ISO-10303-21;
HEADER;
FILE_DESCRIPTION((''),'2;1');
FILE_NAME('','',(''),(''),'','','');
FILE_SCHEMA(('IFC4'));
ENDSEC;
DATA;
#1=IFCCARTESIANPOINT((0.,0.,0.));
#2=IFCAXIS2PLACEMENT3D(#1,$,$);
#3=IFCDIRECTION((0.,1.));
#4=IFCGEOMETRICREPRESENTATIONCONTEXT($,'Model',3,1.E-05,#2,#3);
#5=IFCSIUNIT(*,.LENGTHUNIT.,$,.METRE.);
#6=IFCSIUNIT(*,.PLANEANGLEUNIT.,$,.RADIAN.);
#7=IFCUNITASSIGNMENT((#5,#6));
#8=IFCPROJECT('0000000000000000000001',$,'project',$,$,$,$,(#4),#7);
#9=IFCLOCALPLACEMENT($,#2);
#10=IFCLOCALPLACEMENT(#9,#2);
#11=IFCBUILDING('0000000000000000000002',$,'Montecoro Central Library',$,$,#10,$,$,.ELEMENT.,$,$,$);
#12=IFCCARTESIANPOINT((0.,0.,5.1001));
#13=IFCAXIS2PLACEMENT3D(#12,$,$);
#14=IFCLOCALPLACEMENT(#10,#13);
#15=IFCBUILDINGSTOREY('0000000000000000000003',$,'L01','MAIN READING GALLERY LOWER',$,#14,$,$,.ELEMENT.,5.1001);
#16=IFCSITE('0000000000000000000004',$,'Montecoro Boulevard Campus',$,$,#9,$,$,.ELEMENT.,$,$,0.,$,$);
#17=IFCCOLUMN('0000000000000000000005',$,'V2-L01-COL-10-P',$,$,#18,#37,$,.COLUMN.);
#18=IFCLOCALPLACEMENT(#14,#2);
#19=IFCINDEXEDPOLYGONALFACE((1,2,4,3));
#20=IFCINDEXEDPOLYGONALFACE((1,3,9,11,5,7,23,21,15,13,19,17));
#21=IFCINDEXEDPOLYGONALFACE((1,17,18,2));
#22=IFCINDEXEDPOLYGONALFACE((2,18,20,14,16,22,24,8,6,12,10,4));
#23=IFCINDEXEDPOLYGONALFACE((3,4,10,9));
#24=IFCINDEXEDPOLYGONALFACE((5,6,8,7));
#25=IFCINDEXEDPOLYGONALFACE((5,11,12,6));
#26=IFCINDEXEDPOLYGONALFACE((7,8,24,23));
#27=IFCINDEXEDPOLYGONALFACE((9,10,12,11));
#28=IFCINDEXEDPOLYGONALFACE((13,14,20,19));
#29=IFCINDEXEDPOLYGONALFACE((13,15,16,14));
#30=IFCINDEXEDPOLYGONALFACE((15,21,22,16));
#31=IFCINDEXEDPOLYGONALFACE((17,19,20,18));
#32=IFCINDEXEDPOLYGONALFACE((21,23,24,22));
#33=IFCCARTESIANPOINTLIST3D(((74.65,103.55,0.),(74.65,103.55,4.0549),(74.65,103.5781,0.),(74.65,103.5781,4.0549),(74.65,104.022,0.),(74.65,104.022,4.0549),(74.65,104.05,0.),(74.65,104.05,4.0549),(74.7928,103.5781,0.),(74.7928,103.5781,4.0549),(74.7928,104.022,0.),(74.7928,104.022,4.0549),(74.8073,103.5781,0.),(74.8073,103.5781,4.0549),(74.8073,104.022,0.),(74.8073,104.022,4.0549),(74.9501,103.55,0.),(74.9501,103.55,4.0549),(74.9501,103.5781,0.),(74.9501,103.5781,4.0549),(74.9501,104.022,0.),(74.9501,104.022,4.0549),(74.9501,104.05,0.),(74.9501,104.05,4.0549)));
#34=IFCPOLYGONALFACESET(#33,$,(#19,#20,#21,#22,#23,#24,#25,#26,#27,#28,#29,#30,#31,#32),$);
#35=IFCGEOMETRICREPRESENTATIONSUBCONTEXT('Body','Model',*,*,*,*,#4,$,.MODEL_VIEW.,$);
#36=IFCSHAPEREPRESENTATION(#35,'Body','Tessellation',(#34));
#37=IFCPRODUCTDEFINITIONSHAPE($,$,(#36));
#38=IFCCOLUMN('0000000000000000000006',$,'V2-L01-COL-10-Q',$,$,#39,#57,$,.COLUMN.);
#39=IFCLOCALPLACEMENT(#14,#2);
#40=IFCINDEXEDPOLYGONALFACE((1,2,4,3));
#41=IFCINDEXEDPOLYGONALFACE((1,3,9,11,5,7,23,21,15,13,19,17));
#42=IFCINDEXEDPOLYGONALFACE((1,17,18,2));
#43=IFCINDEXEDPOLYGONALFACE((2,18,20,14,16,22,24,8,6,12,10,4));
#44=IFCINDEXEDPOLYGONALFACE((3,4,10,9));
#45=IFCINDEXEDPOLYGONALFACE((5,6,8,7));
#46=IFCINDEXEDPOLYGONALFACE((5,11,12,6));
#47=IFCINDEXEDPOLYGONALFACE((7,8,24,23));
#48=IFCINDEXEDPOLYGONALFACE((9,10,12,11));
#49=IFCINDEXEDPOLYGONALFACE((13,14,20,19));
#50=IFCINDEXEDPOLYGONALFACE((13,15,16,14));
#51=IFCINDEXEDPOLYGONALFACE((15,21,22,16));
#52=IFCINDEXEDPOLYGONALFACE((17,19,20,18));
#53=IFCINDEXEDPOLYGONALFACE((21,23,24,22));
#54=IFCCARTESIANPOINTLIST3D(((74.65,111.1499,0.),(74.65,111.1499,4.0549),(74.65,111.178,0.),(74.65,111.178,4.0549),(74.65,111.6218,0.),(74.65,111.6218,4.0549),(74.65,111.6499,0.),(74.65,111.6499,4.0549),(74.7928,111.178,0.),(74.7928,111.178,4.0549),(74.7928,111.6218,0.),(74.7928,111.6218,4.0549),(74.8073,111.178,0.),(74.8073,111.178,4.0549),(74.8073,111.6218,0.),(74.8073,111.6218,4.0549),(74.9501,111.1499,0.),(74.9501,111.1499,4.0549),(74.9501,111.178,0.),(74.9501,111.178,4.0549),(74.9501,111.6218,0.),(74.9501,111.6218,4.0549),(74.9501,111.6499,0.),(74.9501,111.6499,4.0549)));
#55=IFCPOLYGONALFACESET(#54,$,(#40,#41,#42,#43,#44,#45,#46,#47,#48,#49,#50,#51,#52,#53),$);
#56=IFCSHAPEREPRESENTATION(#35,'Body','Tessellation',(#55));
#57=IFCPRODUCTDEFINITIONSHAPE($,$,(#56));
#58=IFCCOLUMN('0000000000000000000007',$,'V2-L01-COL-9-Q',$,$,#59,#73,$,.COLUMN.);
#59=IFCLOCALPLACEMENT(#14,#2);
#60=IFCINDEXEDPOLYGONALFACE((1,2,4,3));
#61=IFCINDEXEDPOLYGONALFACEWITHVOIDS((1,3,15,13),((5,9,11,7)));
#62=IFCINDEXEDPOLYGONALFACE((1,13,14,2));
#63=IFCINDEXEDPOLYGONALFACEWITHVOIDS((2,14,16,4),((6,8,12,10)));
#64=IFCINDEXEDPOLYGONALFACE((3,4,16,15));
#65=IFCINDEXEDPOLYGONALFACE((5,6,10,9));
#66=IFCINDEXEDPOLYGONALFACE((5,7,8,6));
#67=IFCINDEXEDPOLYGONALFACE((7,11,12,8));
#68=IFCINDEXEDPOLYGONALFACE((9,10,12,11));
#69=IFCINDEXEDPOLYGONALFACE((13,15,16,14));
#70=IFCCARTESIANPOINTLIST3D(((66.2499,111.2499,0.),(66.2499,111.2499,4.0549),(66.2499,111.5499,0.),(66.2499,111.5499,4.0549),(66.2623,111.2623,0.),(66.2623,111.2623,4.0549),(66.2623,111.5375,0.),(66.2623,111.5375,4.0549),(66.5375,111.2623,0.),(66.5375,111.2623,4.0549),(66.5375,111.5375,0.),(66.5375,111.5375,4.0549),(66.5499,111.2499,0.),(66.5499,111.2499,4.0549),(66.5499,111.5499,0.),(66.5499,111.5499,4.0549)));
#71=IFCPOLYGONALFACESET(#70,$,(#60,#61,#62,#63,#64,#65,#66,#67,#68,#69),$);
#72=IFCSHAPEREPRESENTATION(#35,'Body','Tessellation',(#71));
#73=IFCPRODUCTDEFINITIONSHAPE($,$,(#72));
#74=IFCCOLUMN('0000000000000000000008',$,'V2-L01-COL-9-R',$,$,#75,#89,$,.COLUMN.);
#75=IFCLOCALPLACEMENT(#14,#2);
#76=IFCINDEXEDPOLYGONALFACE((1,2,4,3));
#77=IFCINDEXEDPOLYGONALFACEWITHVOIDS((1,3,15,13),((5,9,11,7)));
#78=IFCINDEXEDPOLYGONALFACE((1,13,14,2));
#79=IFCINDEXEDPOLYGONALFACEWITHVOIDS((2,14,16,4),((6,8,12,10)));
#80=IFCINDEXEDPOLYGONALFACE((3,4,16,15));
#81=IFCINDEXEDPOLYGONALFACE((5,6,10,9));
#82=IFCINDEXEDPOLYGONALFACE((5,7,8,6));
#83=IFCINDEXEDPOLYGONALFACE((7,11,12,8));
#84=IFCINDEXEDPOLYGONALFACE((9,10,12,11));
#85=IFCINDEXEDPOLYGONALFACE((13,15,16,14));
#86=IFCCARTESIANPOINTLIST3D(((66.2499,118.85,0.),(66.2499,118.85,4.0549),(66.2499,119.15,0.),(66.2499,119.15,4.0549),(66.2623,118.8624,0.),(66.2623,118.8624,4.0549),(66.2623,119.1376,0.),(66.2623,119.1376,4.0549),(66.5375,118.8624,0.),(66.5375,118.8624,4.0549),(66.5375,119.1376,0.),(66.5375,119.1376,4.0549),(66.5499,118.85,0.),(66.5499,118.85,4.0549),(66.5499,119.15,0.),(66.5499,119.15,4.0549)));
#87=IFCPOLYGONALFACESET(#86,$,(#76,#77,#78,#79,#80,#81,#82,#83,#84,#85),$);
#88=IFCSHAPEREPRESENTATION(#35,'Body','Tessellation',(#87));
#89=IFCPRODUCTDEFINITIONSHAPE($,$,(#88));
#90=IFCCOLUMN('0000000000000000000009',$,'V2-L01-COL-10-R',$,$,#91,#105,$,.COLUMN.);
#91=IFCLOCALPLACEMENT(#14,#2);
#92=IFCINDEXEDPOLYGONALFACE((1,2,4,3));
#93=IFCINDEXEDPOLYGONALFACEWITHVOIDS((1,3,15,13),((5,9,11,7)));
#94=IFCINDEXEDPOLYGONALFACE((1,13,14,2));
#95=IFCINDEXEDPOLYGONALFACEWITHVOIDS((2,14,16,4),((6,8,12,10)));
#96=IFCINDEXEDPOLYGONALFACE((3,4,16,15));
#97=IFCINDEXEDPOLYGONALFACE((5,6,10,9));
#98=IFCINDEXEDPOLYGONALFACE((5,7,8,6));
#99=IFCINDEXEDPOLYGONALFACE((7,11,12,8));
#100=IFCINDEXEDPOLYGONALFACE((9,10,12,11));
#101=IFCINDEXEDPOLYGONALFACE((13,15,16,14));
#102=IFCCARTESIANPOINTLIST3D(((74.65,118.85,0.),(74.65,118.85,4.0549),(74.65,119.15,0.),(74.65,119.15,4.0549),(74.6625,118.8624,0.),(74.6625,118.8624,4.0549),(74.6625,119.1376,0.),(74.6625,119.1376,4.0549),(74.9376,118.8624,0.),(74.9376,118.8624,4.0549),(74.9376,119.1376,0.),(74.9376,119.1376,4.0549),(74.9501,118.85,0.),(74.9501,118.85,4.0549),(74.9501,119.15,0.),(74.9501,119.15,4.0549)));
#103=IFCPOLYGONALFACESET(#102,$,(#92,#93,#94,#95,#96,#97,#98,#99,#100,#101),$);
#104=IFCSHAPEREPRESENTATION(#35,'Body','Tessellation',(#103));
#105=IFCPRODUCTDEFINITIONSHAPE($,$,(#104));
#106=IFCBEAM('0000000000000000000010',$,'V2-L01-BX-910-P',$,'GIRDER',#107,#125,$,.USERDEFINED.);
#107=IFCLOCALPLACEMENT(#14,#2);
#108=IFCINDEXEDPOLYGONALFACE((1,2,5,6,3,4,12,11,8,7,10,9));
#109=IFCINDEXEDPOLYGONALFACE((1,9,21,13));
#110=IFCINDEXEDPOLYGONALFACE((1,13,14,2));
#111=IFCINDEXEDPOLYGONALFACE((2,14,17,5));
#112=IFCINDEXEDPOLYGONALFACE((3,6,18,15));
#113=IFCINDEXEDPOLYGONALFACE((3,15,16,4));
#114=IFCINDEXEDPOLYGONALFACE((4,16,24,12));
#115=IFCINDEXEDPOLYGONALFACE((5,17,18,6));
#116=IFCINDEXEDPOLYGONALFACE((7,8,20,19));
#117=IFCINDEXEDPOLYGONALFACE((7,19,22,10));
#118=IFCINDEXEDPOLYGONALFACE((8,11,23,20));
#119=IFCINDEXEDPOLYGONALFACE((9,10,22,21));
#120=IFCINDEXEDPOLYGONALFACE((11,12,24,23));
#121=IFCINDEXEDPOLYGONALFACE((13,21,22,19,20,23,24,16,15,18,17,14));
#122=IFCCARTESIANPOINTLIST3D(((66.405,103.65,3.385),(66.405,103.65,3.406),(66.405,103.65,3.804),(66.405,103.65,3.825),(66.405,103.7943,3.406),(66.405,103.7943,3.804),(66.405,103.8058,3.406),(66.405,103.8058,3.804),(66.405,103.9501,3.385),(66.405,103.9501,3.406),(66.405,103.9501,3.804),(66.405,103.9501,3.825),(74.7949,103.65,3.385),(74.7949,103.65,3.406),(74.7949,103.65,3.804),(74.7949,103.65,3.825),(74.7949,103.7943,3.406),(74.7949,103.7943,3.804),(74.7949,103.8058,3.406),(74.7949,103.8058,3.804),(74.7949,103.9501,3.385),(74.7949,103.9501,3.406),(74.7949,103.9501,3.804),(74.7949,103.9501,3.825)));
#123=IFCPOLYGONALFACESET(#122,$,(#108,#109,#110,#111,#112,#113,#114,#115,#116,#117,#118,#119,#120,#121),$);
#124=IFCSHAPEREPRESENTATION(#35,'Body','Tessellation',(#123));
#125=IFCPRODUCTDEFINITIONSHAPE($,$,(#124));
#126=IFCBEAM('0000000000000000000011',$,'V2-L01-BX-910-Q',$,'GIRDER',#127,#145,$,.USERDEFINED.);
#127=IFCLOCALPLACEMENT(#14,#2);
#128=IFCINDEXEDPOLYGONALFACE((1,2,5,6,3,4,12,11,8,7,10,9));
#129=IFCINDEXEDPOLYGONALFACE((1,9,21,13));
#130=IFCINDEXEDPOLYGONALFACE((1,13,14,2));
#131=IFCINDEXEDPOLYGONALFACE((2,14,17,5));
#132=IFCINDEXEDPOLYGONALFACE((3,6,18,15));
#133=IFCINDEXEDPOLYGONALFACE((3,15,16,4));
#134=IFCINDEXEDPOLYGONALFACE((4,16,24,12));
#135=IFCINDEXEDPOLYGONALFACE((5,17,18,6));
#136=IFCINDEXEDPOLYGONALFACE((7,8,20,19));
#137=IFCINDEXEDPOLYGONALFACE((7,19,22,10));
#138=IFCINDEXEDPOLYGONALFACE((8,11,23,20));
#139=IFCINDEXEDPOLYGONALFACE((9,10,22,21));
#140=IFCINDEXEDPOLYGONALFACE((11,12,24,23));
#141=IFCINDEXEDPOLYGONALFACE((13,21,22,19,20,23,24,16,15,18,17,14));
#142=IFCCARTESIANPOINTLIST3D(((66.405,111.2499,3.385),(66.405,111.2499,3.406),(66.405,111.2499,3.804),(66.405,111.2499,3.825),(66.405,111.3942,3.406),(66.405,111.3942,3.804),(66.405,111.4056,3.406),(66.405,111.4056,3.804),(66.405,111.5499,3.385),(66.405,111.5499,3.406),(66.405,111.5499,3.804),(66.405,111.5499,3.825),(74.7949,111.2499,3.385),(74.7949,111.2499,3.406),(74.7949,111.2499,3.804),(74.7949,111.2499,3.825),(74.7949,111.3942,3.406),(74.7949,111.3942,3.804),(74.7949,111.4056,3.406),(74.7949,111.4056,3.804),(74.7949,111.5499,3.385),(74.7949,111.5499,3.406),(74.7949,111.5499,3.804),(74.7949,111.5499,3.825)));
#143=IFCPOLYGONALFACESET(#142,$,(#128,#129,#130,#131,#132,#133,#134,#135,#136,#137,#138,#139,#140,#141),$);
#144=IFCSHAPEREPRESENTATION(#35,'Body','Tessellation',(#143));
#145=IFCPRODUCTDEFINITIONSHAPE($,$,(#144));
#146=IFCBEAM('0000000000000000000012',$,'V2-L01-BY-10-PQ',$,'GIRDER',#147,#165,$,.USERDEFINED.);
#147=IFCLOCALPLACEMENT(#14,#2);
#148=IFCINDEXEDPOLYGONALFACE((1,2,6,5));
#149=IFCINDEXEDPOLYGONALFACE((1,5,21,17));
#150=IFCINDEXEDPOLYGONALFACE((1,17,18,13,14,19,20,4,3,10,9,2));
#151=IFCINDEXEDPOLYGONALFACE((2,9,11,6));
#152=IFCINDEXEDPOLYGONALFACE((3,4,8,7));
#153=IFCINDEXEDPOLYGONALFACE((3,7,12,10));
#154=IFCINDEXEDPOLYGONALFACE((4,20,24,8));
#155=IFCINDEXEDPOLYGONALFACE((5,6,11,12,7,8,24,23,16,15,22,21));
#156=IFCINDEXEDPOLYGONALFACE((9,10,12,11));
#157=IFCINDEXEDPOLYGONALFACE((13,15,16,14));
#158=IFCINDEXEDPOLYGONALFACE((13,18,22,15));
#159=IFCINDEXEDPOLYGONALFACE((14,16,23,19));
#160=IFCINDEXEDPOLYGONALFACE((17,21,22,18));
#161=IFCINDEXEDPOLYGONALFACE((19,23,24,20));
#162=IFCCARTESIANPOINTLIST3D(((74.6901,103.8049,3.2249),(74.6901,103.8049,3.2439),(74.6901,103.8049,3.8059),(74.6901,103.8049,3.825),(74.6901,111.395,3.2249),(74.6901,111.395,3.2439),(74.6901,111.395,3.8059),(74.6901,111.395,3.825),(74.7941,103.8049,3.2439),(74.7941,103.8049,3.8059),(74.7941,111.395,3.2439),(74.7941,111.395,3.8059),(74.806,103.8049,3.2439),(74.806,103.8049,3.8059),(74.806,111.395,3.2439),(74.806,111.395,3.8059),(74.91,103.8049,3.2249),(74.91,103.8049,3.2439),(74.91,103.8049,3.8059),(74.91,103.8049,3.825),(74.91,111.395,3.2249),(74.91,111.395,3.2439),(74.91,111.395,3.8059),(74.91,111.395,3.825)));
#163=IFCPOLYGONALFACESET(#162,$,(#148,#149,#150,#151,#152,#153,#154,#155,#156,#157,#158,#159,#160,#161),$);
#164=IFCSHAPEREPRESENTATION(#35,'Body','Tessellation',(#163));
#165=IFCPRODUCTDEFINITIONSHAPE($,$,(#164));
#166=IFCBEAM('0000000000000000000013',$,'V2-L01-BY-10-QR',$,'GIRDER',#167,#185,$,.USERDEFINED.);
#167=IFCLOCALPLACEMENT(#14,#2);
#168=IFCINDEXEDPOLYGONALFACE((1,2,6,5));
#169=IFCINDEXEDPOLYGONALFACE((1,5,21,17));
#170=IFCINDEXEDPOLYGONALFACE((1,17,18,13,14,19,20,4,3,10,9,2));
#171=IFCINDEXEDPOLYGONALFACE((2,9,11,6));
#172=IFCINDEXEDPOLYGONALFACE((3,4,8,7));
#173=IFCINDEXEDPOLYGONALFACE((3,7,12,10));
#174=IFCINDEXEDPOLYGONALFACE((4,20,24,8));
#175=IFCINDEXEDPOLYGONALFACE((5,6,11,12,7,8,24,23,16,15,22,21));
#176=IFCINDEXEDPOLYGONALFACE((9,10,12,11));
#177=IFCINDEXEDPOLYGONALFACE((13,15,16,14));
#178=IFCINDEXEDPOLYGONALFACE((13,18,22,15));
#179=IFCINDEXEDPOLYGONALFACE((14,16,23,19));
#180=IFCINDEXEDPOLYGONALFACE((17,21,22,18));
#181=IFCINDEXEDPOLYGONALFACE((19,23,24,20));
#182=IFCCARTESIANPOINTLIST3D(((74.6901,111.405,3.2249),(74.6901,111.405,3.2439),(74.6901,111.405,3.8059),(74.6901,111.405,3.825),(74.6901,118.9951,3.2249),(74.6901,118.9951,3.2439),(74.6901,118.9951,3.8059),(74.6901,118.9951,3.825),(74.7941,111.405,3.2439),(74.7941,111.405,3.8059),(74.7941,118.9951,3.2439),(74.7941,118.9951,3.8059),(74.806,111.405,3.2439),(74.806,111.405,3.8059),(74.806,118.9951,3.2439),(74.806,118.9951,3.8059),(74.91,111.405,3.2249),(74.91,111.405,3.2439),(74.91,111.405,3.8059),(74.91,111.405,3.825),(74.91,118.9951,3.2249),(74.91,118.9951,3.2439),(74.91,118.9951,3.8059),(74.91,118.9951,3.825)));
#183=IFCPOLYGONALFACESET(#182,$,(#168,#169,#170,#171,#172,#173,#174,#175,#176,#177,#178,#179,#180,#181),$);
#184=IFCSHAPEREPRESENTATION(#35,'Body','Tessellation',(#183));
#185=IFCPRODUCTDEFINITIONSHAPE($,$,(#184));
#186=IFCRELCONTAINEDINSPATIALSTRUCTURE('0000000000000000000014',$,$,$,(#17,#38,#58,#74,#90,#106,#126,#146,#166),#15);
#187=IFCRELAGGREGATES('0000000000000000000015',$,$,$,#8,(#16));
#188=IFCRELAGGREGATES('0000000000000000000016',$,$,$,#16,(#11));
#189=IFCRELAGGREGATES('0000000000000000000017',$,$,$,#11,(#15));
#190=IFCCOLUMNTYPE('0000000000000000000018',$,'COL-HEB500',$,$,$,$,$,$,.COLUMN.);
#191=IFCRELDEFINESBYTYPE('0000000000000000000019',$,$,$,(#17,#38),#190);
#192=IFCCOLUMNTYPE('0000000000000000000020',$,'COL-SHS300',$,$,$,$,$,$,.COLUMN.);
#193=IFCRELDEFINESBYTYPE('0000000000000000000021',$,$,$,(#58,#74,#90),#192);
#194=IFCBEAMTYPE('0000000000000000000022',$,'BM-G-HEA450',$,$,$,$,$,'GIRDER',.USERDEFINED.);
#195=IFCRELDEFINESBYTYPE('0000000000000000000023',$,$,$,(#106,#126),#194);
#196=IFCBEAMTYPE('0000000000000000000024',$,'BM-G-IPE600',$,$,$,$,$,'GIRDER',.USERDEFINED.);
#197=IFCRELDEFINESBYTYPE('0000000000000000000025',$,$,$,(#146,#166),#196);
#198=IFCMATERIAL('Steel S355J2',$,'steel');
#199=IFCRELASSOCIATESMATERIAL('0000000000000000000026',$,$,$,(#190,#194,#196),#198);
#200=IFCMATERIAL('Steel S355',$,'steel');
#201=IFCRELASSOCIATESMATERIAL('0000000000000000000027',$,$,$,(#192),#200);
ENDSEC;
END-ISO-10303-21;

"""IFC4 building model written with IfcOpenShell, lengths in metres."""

from ifc_helpers import new_model, si_unit, direction, frame, origin, origin_2d, place, context, subcontext, project, spatial, hollow_rectangle, i_section, extrude, material, material_profile, profile_set, type_object, element, save


model = new_model("IFC4")

# Units and contexts
model_context = context("Model", 3, precision=1e-05, world=origin(), true_north=direction((0.0, 1.0)))
body_context = subcontext(model_context, "Body", "Model", "MODEL_VIEW")
ifc_project = project(units=[si_unit("LENGTHUNIT", "METRE"), si_unit("PLANEANGLEUNIT", "RADIAN")], contexts=[model_context])

# Site, building, storey
site_placement = place(None, origin())
site = spatial("IfcSite", under=ifc_project, at=site_placement, Name="Montecoro Boulevard Campus", CompositionType="ELEMENT", RefElevation=0.0)
building_placement = place(site_placement, origin())
building = spatial("IfcBuilding", under=site, at=building_placement, Name="Montecoro Central Library", CompositionType="ELEMENT")
storey_placement = place(building_placement, frame((0.0, 0.0, 5.1001)))
storey = spatial("IfcBuildingStorey", under=building, at=storey_placement, Name="L01", Description="MAIN READING GALLERY LOWER", CompositionType="ELEMENT", Elevation=5.1001)

# Columns
ifc_material_1 = material(Name="Steel S355J2", Category="steel")
ifc_material_profile_1 = material_profile(ifc_material_1, i_section(OverallWidth=0.3, OverallDepth=0.5, WebThickness=0.0144, FlangeThickness=0.0281, at=origin_2d()), Name="HEB 500")
ifc_profile_set_1 = profile_set([ifc_material_profile_1], Name="Steel S355J2")
column_type_1 = type_object("IfcColumnType", Name="COL-HEB500", PredefinedType="COLUMN", material=ifc_profile_set_1)
for number, where, z_axis, x_axis, name in (
    (1, (74.8, 103.8, 0.0), (0.0, 0.0, 1.0), (1.0, 0.0, 0.0), "V2-L01-COL-10-P"),
    (2, (74.8, 111.3999, 0.0), (0.0, 0.0, 1.0), (1.0, 0.0, 0.0), "V2-L01-COL-10-Q"),
):
    element("IfcColumn", number, at=place(storey_placement, frame(where, z_axis=z_axis, x_axis=x_axis)), inside=storey, type_object=column_type_1, Name=name, PredefinedType="COLUMN", context=body_context, shape_type="SweptSolid", body=[
        extrude(i_section(OverallWidth=0.3, OverallDepth=0.5, WebThickness=0.0144, FlangeThickness=0.0281, at=origin_2d()), origin(), (0.0, 0.0, 1.0), 4.0549),
    ])
ifc_material_2 = material(Name="Steel S355", Category="steel")
ifc_material_profile_2 = material_profile(ifc_material_2, hollow_rectangle(XDim=0.3, YDim=0.3, WallThickness=0.0125, at=origin_2d()), Name="SHS 300x300x12.5")
ifc_profile_set_2 = profile_set([ifc_material_profile_2], Name="Steel S355")
column_type_2 = type_object("IfcColumnType", Name="COL-SHS300", PredefinedType="COLUMN", material=ifc_profile_set_2)
for number, where, z_axis, x_axis, name in (
    (3, (66.3999, 111.3999, 0.0), (0.0, 0.0, 1.0), (1.0, 0.0, 0.0), "V2-L01-COL-9-Q"),
    (4, (66.3999, 119.0, 0.0), (0.0, 0.0, 1.0), (1.0, 0.0, 0.0), "V2-L01-COL-9-R"),
    (5, (74.8, 119.0, 0.0), (0.0, 0.0, 1.0), (1.0, 0.0, 0.0), "V2-L01-COL-10-R"),
):
    element("IfcColumn", number, at=place(storey_placement, frame(where, z_axis=z_axis, x_axis=x_axis)), inside=storey, type_object=column_type_2, Name=name, PredefinedType="COLUMN", context=body_context, shape_type="SweptSolid", body=[
        extrude(hollow_rectangle(XDim=0.3, YDim=0.3, WallThickness=0.0125, at=origin_2d()), origin(), (0.0, 0.0, 1.0), 4.0549),
    ])

# Beams
ifc_material_profile_3 = material_profile(ifc_material_1, i_section(OverallWidth=0.3, OverallDepth=0.4399, WebThickness=0.0115, FlangeThickness=0.021, at=origin_2d()), Name="HEA 450")
ifc_profile_set_3 = profile_set([ifc_material_profile_3], Name="Steel S355J2")
beam_type_1 = type_object("IfcBeamType", Name="BM-G-HEA450", ElementType="GIRDER", PredefinedType="USERDEFINED", material=ifc_profile_set_3)
for number, where, z_axis, x_axis, name in (
    (6, (66.405, 103.8, 3.605), (1.0, 0.0, 0.0), (0.0, 1.0, 0.0), "V2-L01-BX-910-P"),
    (7, (66.405, 111.3999, 3.605), (1.0, 0.0, 0.0), (0.0, 1.0, 0.0), "V2-L01-BX-910-Q"),
):
    element("IfcBeam", number, at=place(storey_placement, frame(where, z_axis=z_axis, x_axis=x_axis)), inside=storey, type_object=beam_type_1, Name=name, ObjectType="GIRDER", PredefinedType="USERDEFINED", context=body_context, shape_type="SweptSolid", body=[
        extrude(i_section(OverallWidth=0.3, OverallDepth=0.4399, WebThickness=0.0115, FlangeThickness=0.021, at=origin_2d()), origin(), (0.0, 0.0, 1.0), 8.3899),
    ])
ifc_material_profile_4 = material_profile(ifc_material_1, i_section(OverallWidth=0.22, OverallDepth=0.6001, WebThickness=0.012, FlangeThickness=0.019, at=origin_2d()), Name="IPE 600")
ifc_profile_set_4 = profile_set([ifc_material_profile_4], Name="Steel S355J2")
beam_type_2 = type_object("IfcBeamType", Name="BM-G-IPE600", ElementType="GIRDER", PredefinedType="USERDEFINED", material=ifc_profile_set_4)
for number, where, z_axis, x_axis, name in (
    (8, (74.8, 103.8049, 3.5249), (0.0, 1.0, 0.0), (-1.0, 0.0, 0.0), "V2-L01-BY-10-PQ"),
    (9, (74.8, 111.405, 3.5249), (0.0, 1.0, 0.0), (-1.0, 0.0, 0.0), "V2-L01-BY-10-QR"),
):
    element("IfcBeam", number, at=place(storey_placement, frame(where, z_axis=z_axis, x_axis=x_axis)), inside=storey, type_object=beam_type_2, Name=name, ObjectType="GIRDER", PredefinedType="USERDEFINED", context=body_context, shape_type="SweptSolid", body=[
        extrude(i_section(OverallWidth=0.22, OverallDepth=0.6001, WebThickness=0.012, FlangeThickness=0.019, at=origin_2d()), origin(), (0.0, 0.0, 1.0), 7.5901),
    ])

save(model, "model.ifc")
